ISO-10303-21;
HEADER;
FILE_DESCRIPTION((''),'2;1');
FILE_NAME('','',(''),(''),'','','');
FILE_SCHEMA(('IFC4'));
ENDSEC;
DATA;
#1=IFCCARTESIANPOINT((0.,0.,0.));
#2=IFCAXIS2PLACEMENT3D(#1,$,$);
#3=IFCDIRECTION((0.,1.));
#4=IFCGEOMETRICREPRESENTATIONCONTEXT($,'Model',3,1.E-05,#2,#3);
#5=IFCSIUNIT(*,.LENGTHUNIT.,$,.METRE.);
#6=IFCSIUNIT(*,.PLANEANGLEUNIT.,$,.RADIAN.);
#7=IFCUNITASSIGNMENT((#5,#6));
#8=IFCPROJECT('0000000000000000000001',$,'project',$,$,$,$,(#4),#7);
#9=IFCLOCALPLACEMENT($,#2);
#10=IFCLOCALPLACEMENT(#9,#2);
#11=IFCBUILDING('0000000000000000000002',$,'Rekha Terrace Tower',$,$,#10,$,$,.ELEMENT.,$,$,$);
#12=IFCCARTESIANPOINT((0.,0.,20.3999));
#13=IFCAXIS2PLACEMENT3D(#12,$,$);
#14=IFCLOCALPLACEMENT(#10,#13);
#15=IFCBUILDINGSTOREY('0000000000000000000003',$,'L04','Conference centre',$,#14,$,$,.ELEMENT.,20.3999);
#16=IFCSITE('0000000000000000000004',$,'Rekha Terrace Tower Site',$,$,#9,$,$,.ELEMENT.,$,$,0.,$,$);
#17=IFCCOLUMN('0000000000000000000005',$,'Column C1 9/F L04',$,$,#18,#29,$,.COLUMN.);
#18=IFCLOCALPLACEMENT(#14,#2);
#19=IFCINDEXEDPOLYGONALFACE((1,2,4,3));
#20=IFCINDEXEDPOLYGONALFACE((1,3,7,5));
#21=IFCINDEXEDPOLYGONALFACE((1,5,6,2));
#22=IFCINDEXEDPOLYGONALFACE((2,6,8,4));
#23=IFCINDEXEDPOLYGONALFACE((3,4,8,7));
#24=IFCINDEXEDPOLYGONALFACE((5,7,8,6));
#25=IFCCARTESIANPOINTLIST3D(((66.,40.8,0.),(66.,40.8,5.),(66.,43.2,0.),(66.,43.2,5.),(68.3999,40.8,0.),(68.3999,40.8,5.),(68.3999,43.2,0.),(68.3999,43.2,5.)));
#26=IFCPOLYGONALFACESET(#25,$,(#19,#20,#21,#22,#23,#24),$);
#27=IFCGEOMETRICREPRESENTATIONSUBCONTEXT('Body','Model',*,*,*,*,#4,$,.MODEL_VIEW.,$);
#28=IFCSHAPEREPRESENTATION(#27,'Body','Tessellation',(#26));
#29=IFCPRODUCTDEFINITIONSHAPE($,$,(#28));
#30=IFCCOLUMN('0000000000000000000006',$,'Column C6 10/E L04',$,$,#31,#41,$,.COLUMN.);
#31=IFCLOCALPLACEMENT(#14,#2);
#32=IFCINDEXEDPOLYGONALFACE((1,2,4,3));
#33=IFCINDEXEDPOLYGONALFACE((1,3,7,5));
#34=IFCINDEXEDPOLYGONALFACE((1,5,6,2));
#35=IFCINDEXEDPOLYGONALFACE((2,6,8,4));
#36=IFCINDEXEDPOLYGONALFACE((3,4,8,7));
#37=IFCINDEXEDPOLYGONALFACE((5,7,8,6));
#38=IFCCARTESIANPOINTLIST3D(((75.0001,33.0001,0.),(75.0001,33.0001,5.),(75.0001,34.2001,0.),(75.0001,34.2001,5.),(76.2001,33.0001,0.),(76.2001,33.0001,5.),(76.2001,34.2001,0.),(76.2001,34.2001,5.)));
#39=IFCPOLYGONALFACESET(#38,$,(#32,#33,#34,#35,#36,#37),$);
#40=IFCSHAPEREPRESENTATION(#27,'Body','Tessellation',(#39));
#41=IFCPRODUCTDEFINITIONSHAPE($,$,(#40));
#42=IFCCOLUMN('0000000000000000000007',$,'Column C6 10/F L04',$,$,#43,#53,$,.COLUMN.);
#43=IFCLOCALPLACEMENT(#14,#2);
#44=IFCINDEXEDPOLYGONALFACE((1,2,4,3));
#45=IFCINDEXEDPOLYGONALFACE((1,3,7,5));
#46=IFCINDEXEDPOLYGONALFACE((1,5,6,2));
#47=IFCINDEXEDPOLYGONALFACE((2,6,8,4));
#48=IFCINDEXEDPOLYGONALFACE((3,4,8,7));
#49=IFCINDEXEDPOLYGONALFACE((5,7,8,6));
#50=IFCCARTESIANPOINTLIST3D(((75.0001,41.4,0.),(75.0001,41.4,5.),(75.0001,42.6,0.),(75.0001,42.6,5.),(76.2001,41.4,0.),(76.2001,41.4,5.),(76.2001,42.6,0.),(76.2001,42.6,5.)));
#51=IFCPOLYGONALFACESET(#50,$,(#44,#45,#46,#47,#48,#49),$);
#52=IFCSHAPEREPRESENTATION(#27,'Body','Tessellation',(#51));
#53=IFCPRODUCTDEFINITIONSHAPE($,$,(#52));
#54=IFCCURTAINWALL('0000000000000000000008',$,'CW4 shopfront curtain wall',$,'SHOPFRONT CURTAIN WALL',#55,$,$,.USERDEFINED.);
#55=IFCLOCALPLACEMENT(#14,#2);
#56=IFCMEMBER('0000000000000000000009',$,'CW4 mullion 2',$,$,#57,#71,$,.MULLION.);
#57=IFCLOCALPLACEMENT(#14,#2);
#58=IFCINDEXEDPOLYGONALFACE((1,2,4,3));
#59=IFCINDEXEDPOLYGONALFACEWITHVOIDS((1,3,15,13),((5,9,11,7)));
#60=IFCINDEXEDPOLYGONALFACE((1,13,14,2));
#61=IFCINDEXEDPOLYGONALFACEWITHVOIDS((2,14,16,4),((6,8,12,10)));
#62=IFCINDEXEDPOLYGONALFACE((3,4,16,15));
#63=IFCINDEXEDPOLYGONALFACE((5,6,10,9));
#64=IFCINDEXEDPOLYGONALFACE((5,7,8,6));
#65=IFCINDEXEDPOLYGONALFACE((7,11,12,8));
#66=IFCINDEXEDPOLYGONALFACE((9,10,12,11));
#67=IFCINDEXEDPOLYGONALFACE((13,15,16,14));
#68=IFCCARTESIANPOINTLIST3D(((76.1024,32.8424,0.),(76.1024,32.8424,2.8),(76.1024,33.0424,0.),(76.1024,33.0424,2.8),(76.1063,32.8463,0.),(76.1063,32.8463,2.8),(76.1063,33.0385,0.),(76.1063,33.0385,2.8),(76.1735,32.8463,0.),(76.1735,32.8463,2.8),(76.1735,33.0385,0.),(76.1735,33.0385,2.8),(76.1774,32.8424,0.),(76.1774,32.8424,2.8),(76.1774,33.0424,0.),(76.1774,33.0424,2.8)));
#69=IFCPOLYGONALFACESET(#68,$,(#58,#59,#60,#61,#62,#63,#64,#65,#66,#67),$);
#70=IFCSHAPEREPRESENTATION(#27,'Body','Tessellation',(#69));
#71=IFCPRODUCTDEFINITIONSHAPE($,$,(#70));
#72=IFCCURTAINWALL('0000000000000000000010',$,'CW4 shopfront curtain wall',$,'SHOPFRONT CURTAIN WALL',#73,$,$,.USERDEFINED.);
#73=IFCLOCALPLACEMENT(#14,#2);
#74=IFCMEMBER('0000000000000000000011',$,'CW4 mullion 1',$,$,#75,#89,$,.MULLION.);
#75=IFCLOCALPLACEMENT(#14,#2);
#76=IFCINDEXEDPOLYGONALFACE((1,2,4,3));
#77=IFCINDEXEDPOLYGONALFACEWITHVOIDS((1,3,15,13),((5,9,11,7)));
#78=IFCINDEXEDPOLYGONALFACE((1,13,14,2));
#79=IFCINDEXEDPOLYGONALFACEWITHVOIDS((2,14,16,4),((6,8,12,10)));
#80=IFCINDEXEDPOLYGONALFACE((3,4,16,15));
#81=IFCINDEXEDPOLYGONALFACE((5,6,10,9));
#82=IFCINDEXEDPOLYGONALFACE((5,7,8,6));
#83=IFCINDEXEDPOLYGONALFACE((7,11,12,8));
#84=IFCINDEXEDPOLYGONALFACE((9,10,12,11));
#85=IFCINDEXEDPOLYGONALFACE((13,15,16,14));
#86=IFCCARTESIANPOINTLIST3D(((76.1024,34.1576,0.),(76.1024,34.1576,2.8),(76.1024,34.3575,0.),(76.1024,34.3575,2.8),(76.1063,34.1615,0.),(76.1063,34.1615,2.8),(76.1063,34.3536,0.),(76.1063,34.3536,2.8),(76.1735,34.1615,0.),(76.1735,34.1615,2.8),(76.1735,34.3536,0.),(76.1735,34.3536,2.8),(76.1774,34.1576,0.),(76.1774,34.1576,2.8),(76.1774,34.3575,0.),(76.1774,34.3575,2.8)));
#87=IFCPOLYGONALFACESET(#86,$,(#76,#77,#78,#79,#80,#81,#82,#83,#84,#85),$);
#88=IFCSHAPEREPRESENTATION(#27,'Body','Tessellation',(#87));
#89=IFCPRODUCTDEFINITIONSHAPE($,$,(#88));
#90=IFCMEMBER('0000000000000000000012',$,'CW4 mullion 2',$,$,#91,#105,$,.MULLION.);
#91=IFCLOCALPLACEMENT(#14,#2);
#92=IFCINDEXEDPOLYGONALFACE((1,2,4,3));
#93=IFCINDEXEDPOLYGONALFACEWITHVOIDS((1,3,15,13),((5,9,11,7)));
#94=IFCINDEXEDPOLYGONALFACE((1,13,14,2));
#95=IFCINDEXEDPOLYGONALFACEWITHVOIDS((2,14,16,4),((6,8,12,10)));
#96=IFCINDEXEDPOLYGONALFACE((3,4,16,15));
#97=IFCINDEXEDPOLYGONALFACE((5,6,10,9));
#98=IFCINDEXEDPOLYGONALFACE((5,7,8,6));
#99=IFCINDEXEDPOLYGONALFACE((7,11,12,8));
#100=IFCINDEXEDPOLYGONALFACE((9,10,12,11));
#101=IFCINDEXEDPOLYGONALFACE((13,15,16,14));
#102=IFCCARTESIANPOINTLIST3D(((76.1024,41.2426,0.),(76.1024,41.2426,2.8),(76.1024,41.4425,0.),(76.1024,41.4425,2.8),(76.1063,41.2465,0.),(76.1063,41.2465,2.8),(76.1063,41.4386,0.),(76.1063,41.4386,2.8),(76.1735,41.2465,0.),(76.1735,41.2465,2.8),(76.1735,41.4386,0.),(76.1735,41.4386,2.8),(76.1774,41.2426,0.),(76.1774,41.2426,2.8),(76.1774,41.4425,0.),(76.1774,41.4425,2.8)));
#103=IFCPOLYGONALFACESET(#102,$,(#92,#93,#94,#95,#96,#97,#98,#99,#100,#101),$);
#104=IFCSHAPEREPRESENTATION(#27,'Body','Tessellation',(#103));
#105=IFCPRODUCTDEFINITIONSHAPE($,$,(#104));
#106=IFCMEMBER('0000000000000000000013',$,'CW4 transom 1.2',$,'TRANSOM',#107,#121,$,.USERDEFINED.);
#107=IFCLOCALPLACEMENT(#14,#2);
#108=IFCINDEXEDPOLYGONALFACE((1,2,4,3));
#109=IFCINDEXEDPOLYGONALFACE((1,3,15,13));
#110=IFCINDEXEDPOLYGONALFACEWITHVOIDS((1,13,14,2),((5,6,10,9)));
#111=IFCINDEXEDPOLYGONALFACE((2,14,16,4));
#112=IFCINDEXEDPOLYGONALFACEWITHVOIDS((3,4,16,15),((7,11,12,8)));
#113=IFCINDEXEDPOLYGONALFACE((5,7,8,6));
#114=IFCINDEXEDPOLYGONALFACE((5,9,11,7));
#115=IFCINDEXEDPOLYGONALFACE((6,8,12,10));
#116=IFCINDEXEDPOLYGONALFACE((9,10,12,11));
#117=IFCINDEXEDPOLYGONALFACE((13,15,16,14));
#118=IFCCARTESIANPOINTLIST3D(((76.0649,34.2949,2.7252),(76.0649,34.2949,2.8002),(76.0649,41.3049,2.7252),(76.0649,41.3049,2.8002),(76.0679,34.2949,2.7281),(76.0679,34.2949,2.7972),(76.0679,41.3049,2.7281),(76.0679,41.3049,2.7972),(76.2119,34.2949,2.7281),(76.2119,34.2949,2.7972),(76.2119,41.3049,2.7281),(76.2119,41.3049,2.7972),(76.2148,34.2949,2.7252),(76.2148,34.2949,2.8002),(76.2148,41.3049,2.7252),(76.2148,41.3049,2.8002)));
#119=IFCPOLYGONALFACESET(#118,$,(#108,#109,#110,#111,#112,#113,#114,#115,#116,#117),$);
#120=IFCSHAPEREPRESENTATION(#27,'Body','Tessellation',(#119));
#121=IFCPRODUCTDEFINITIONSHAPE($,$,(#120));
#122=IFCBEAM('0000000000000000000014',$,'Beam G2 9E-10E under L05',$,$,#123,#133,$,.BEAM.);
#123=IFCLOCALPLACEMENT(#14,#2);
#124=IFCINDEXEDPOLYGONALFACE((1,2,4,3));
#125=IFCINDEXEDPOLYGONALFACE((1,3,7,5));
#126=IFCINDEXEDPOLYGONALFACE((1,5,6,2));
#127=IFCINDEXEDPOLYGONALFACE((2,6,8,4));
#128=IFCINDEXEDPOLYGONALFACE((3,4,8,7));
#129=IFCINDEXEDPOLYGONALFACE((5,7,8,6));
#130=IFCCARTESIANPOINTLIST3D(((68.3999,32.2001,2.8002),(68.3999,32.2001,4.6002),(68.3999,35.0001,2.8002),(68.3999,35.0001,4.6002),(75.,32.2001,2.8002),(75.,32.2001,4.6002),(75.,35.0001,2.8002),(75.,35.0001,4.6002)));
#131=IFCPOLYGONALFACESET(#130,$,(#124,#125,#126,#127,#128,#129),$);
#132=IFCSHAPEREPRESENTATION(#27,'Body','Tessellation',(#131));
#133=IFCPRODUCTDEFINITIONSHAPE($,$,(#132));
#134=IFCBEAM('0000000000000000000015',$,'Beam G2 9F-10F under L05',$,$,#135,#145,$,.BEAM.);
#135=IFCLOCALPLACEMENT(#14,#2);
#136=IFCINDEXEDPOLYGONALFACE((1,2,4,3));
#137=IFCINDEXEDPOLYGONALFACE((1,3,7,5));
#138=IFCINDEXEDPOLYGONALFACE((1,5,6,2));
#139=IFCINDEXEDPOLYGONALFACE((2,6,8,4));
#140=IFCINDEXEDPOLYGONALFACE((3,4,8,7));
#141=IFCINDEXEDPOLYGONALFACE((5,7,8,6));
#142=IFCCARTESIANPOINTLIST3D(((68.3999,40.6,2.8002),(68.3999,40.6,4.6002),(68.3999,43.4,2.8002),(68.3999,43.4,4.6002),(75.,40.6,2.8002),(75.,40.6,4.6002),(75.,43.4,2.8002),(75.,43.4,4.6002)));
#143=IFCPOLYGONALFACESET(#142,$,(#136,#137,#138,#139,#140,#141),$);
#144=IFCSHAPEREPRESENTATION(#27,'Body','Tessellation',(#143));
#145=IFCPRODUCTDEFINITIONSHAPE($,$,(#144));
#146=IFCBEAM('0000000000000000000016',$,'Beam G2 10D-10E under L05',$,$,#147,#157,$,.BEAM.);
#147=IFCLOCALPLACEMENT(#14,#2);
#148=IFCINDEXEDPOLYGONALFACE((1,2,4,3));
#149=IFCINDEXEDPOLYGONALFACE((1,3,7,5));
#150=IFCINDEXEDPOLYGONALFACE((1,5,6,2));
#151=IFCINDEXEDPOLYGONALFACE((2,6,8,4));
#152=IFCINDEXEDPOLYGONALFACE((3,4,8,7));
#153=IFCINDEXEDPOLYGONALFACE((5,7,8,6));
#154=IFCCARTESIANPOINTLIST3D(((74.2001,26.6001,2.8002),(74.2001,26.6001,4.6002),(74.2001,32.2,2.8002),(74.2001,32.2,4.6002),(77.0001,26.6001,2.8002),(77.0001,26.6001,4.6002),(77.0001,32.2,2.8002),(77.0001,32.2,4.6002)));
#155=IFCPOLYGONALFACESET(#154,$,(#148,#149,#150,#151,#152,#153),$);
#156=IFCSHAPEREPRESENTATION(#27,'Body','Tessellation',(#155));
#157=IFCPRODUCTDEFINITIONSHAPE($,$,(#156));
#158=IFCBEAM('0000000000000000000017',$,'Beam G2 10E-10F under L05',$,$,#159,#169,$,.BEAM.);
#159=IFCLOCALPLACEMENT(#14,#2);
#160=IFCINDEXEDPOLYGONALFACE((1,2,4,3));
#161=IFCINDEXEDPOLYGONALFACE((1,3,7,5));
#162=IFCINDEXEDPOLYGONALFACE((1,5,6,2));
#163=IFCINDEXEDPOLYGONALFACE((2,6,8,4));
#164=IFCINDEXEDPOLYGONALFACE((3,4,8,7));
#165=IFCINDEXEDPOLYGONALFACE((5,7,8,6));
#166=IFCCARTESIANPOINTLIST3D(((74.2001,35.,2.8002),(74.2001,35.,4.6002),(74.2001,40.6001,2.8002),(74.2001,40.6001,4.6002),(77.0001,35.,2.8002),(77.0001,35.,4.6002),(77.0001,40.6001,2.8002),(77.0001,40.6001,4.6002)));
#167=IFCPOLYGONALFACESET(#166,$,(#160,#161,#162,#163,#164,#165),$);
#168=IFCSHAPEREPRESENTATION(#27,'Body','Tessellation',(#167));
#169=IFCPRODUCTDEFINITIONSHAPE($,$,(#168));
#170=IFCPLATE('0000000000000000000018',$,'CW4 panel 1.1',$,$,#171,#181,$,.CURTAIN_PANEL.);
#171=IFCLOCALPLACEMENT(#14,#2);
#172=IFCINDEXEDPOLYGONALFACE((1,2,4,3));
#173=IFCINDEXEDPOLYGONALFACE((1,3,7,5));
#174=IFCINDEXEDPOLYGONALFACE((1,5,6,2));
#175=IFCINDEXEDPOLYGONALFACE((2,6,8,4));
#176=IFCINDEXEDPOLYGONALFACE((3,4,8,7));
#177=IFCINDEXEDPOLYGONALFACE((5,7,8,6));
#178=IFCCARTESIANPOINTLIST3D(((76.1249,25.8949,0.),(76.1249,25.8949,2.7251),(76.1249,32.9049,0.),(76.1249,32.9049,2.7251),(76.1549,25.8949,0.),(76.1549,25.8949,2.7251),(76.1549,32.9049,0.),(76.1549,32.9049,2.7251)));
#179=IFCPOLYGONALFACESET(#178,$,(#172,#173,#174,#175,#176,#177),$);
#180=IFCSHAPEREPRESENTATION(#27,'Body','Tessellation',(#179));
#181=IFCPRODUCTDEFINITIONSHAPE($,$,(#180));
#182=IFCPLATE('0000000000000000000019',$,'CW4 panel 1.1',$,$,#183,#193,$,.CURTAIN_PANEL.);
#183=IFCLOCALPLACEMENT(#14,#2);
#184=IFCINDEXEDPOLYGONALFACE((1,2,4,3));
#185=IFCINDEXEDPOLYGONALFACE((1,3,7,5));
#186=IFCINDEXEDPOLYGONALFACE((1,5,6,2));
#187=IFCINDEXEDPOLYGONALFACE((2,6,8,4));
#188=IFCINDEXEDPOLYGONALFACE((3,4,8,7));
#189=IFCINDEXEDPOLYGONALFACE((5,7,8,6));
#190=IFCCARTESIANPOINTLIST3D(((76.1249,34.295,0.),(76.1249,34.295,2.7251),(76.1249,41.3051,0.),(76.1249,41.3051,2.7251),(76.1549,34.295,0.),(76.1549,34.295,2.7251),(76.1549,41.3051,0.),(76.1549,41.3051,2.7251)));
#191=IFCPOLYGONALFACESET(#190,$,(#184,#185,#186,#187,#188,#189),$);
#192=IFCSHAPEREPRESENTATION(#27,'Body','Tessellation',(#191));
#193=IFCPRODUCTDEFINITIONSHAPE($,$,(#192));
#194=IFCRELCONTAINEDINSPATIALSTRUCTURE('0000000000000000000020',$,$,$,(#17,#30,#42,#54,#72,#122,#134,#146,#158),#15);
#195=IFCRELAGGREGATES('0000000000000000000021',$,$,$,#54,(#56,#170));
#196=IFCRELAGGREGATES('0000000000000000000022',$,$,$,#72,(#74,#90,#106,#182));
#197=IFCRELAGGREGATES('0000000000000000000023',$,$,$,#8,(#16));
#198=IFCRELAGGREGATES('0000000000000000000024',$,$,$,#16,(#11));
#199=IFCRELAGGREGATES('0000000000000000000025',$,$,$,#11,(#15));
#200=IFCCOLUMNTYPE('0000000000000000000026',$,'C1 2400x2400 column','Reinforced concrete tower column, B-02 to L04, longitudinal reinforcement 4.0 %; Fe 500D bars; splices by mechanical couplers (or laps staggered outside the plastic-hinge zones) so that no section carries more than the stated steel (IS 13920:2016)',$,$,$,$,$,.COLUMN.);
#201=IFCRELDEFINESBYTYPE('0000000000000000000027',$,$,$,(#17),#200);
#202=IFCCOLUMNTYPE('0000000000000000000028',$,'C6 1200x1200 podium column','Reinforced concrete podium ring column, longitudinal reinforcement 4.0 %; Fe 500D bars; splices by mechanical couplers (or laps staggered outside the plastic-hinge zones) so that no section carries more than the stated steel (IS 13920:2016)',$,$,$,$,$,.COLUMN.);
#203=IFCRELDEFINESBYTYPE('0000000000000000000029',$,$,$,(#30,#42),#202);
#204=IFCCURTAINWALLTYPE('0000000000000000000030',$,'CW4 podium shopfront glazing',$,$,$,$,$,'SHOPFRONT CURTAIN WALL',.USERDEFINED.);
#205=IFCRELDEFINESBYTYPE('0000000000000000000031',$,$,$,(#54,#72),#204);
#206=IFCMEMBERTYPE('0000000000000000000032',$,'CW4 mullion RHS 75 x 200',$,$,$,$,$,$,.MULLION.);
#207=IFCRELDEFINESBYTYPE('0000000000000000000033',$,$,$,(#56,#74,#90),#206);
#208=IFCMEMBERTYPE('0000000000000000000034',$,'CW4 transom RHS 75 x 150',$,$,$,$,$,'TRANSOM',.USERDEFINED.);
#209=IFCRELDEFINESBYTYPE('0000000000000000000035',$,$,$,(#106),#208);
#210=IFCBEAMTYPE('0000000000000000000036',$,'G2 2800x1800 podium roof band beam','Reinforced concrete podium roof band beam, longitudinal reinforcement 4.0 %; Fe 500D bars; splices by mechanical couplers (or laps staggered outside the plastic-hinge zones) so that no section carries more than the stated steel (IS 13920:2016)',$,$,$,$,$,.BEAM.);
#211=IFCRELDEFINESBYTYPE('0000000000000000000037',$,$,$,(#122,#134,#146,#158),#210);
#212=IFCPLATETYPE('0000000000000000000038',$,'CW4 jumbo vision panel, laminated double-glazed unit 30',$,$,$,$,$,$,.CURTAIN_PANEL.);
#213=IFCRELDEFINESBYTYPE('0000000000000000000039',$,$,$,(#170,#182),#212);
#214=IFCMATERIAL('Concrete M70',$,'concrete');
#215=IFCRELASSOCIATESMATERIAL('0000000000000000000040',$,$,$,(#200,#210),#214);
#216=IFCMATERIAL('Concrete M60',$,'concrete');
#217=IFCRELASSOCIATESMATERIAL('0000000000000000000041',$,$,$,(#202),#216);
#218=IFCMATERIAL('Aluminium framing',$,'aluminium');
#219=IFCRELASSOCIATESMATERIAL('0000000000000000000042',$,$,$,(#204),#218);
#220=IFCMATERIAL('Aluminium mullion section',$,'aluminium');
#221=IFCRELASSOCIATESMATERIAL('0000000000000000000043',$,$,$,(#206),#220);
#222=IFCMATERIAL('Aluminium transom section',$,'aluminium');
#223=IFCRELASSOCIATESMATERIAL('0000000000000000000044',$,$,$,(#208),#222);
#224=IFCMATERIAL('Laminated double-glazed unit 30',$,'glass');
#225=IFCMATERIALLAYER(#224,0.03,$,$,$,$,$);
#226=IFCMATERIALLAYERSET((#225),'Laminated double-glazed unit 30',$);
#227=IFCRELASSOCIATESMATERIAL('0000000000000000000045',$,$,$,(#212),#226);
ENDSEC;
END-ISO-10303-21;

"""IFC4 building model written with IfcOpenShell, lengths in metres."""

from ifc_helpers import new_model, si_unit, direction, frame, origin, origin_2d, place, context, subcontext, project, spatial, rectangle, hollow_rectangle, extrude, material, layer, layer_set, material_profile, profile_set, type_object, element, aggregate, save


model = new_model("IFC4")

# Units and contexts
model_context = context("Model", 3, precision=1e-05, world=origin(), true_north=direction((0.0, 1.0)))
body_context = subcontext(model_context, "Body", "Model", "MODEL_VIEW")
ifc_project = project(units=[si_unit("LENGTHUNIT", "METRE"), si_unit("PLANEANGLEUNIT", "RADIAN")], contexts=[model_context])

# Site, building, storey
site_placement = place(None, origin())
site = spatial("IfcSite", under=ifc_project, at=site_placement, Name="Rekha Terrace Tower Site", CompositionType="ELEMENT", RefElevation=0.0)
building_placement = place(site_placement, origin())
building = spatial("IfcBuilding", under=site, at=building_placement, Name="Rekha Terrace Tower", CompositionType="ELEMENT")
storey_placement = place(building_placement, frame((0.0, 0.0, 20.3999)))
storey = spatial("IfcBuildingStorey", under=building, at=storey_placement, Name="L04", Description="Conference centre", CompositionType="ELEMENT", Elevation=20.3999)

# Columns
ifc_material_1 = material(Name="Concrete M70", Category="concrete")
ifc_material_profile_1 = material_profile(ifc_material_1, rectangle(XDim=2.3999, YDim=2.3999, at=origin_2d()), Name="RC 2400x2400")
ifc_profile_set_1 = profile_set([ifc_material_profile_1], Name="Concrete M70")
column_type_1 = type_object("IfcColumnType", Name="C1 2400x2400 column", Description="Reinforced concrete tower column, B-02 to L04, longitudinal reinforcement 4.0 %; Fe 500D bars; splices by mechanical couplers (or laps staggered outside the plastic-hinge zones) so that no section carries more than the stated steel (IS 13920:2016)", PredefinedType="COLUMN", material=ifc_profile_set_1)
column_placement = place(storey_placement, frame((67.2, 42.0, 0.0), z_axis=(0.0, 0.0, 1.0), x_axis=(1.0, 0.0, 0.0)))
element("IfcColumn", 1, at=column_placement, inside=storey, type_object=column_type_1, Name="Column C1 9/F L04", PredefinedType="COLUMN", context=body_context, shape_type="SweptSolid", body=[
    extrude(rectangle(XDim=2.3999, YDim=2.3999, at=origin_2d()), origin(), (0.0, 0.0, 1.0), 5.0),
])
ifc_material_2 = material(Name="Concrete M60", Category="concrete")
ifc_material_profile_2 = material_profile(ifc_material_2, rectangle(XDim=1.2, YDim=1.2, at=origin_2d()), Name="RC 1200x1200")
ifc_profile_set_2 = profile_set([ifc_material_profile_2], Name="Concrete M60")
column_type_2 = type_object("IfcColumnType", Name="C6 1200x1200 podium column", Description="Reinforced concrete podium ring column, longitudinal reinforcement 4.0 %; Fe 500D bars; splices by mechanical couplers (or laps staggered outside the plastic-hinge zones) so that no section carries more than the stated steel (IS 13920:2016)", PredefinedType="COLUMN", material=ifc_profile_set_2)
for number, where, z_axis, x_axis, name in (
    (2, (75.6001, 33.6001, 0.0), (0.0, 0.0, 1.0), (1.0, 0.0, 0.0), "Column C6 10/E L04"),
    (3, (75.6001, 42.0, 0.0), (0.0, 0.0, 1.0), (1.0, 0.0, 0.0), "Column C6 10/F L04"),
):
    element("IfcColumn", number, at=place(storey_placement, frame(where, z_axis=z_axis, x_axis=x_axis)), inside=storey, type_object=column_type_2, Name=name, PredefinedType="COLUMN", context=body_context, shape_type="SweptSolid", body=[
        extrude(rectangle(XDim=1.2, YDim=1.2, at=origin_2d()), origin(), (0.0, 0.0, 1.0), 5.0),
    ])

# Curtain wall, member
ifc_material_3 = material(Name="Aluminium framing", Category="aluminium")
curtain_wall_type = type_object("IfcCurtainWallType", Name="CW4 podium shopfront glazing", ElementType="SHOPFRONT CURTAIN WALL", PredefinedType="USERDEFINED", material=ifc_material_3)
curtain_wall_1_placement = place(storey_placement, origin())
curtain_wall_1 = element("IfcCurtainWall", 4, at=curtain_wall_1_placement, inside=storey, type_object=curtain_wall_type, Name="CW4 shopfront curtain wall", ObjectType="SHOPFRONT CURTAIN WALL", PredefinedType="USERDEFINED")
ifc_material_4 = material(Name="Aluminium mullion section", Category="aluminium")
ifc_material_profile_3 = material_profile(ifc_material_4, hollow_rectangle(XDim=0.075, YDim=0.2, WallThickness=0.0039, at=origin_2d()), Name="AL RHS 75x200")
ifc_profile_set_3 = profile_set([ifc_material_profile_3], Name="Aluminium mullion section")
member_type_1 = type_object("IfcMemberType", Name="CW4 mullion RHS 75 x 200", PredefinedType="MULLION", material=ifc_profile_set_3)
member_1_placement = place(storey_placement, frame((76.1399, 32.9424, 0.0), z_axis=(0.0, 0.0, 1.0), x_axis=(-1.0, 0.0, 0.0)))
member_1 = element("IfcMember", 5, at=member_1_placement, type_object=member_type_1, Name="CW4 mullion 2", PredefinedType="MULLION", context=body_context, shape_type="SweptSolid", body=[
    extrude(hollow_rectangle(XDim=0.075, YDim=0.2, WallThickness=0.0039, at=origin_2d()), origin(), (0.0, 0.0, 1.0), 2.8),
])

# Curtain wall, members
curtain_wall_2_placement = place(storey_placement, origin())
curtain_wall_2 = element("IfcCurtainWall", 6, at=curtain_wall_2_placement, inside=storey, type_object=curtain_wall_type, Name="CW4 shopfront curtain wall", ObjectType="SHOPFRONT CURTAIN WALL", PredefinedType="USERDEFINED")
member_2_placement = place(storey_placement, frame((76.1399, 34.2576, 0.0), z_axis=(0.0, 0.0, 1.0), x_axis=(-1.0, 0.0, 0.0)))
member_2 = element("IfcMember", 7, at=member_2_placement, type_object=member_type_1, Name="CW4 mullion 1", PredefinedType="MULLION", context=body_context, shape_type="SweptSolid", body=[
    extrude(hollow_rectangle(XDim=0.075, YDim=0.2, WallThickness=0.0039, at=origin_2d()), origin(), (0.0, 0.0, 1.0), 2.8),
])
member_3_placement = place(storey_placement, frame((76.1399, 41.3425, 0.0), z_axis=(0.0, 0.0, 1.0), x_axis=(-1.0, 0.0, 0.0)))
member_3 = element("IfcMember", 8, at=member_3_placement, type_object=member_type_1, Name="CW4 mullion 2", PredefinedType="MULLION", context=body_context, shape_type="SweptSolid", body=[
    extrude(hollow_rectangle(XDim=0.075, YDim=0.2, WallThickness=0.0039, at=origin_2d()), origin(), (0.0, 0.0, 1.0), 2.8),
])
ifc_material_5 = material(Name="Aluminium transom section", Category="aluminium")
ifc_material_profile_4 = material_profile(ifc_material_5, hollow_rectangle(XDim=0.1499, YDim=0.075, WallThickness=0.0029, at=origin_2d()), Name="AL RHS 150x75")
ifc_profile_set_4 = profile_set([ifc_material_profile_4], Name="Aluminium transom section")
member_type_2 = type_object("IfcMemberType", Name="CW4 transom RHS 75 x 150", ElementType="TRANSOM", PredefinedType="USERDEFINED", material=ifc_profile_set_4)
member_4_placement = place(storey_placement, frame((76.1399, 34.2949, 2.7627), z_axis=(0.0, 1.0, 0.0), x_axis=(-1.0, 0.0, 0.0)))
member_4 = element("IfcMember", 9, at=member_4_placement, type_object=member_type_2, Name="CW4 transom 1.2", ObjectType="TRANSOM", PredefinedType="USERDEFINED", context=body_context, shape_type="SweptSolid", body=[
    extrude(hollow_rectangle(XDim=0.1499, YDim=0.075, WallThickness=0.0029, at=origin_2d()), origin(), (0.0, 0.0, 1.0), 7.01),
])

# Beams
ifc_material_profile_5 = material_profile(ifc_material_1, rectangle(XDim=2.8, YDim=1.8, at=origin_2d()), Name="RC 2800x1800")
ifc_profile_set_5 = profile_set([ifc_material_profile_5], Name="Concrete M70")
beam_type = type_object("IfcBeamType", Name="G2 2800x1800 podium roof band beam", Description="Reinforced concrete podium roof band beam, longitudinal reinforcement 4.0 %; Fe 500D bars; splices by mechanical couplers (or laps staggered outside the plastic-hinge zones) so that no section carries more than the stated steel (IS 13920:2016)", PredefinedType="BEAM", material=ifc_profile_set_5)
for number, where, z_axis, x_axis, name in (
    (10, (68.3999, 33.6001, 3.7002), (1.0, 0.0, 0.0), (0.0, 1.0, 0.0), "Beam G2 9E-10E under L05"),
    (11, (68.3999, 42.0, 3.7002), (1.0, 0.0, 0.0), (0.0, 1.0, 0.0), "Beam G2 9F-10F under L05"),
):
    element("IfcBeam", number, at=place(storey_placement, frame(where, z_axis=z_axis, x_axis=x_axis)), inside=storey, type_object=beam_type, Name=name, PredefinedType="BEAM", context=body_context, shape_type="SweptSolid", body=[
        extrude(rectangle(XDim=2.8, YDim=1.8, at=origin_2d()), origin(), (0.0, 0.0, 1.0), 6.6001),
    ])
beam_1_placement = place(storey_placement, frame((75.6001, 26.6001, 3.7002), z_axis=(0.0, 1.0, 0.0), x_axis=(-1.0, 0.0, 0.0)))
element("IfcBeam", 12, at=beam_1_placement, inside=storey, type_object=beam_type, Name="Beam G2 10D-10E under L05", PredefinedType="BEAM", context=body_context, shape_type="SweptSolid", body=[
    extrude(rectangle(XDim=2.8, YDim=1.8, at=origin_2d()), origin(), (0.0, 0.0, 1.0), 5.5999),
])
beam_2_placement = place(storey_placement, frame((75.6001, 35.0, 3.7002), z_axis=(0.0, 1.0, 0.0), x_axis=(-1.0, 0.0, 0.0)))
element("IfcBeam", 13, at=beam_2_placement, inside=storey, type_object=beam_type, Name="Beam G2 10E-10F under L05", PredefinedType="BEAM", context=body_context, shape_type="SweptSolid", body=[
    extrude(rectangle(XDim=2.8, YDim=1.8, at=origin_2d()), origin(), (0.0, 0.0, 1.0), 5.6001),
])

# Plates
ifc_material_6 = material(Name="Laminated double-glazed unit 30", Category="glass")
ifc_layer_1 = layer(ifc_material_6, 0.03)
ifc_layer_set_1 = layer_set([ifc_layer_1], Name="Laminated double-glazed unit 30")
plate_type = type_object("IfcPlateType", Name="CW4 jumbo vision panel, laminated double-glazed unit 30", PredefinedType="CURTAIN_PANEL", material=ifc_layer_set_1)
plate_1_placement = place(storey_placement, frame((76.1399, 29.3999, 0.0), z_axis=(0.0, 0.0, 1.0), x_axis=(0.0, 1.0, 0.0)))
plate_1 = element("IfcPlate", 14, at=plate_1_placement, type_object=plate_type, Name="CW4 panel 1.1", PredefinedType="CURTAIN_PANEL", context=body_context, shape_type="SweptSolid", body=[
    extrude(rectangle(XDim=7.01, YDim=0.03, at=origin_2d()), origin(), (0.0, 0.0, 1.0), 2.7251),
])
aggregate(curtain_wall_1, [member_1, plate_1])
plate_2_placement = place(storey_placement, frame((76.1399, 37.8, 0.0), z_axis=(0.0, 0.0, 1.0), x_axis=(0.0, 1.0, 0.0)))
plate_2 = element("IfcPlate", 15, at=plate_2_placement, type_object=plate_type, Name="CW4 panel 1.1", PredefinedType="CURTAIN_PANEL", context=body_context, shape_type="SweptSolid", body=[
    extrude(rectangle(XDim=7.01, YDim=0.03, at=origin_2d()), origin(), (0.0, 0.0, 1.0), 2.7251),
])
aggregate(curtain_wall_2, [member_2, member_3, member_4, plate_2])

save(model, "model.ifc")
